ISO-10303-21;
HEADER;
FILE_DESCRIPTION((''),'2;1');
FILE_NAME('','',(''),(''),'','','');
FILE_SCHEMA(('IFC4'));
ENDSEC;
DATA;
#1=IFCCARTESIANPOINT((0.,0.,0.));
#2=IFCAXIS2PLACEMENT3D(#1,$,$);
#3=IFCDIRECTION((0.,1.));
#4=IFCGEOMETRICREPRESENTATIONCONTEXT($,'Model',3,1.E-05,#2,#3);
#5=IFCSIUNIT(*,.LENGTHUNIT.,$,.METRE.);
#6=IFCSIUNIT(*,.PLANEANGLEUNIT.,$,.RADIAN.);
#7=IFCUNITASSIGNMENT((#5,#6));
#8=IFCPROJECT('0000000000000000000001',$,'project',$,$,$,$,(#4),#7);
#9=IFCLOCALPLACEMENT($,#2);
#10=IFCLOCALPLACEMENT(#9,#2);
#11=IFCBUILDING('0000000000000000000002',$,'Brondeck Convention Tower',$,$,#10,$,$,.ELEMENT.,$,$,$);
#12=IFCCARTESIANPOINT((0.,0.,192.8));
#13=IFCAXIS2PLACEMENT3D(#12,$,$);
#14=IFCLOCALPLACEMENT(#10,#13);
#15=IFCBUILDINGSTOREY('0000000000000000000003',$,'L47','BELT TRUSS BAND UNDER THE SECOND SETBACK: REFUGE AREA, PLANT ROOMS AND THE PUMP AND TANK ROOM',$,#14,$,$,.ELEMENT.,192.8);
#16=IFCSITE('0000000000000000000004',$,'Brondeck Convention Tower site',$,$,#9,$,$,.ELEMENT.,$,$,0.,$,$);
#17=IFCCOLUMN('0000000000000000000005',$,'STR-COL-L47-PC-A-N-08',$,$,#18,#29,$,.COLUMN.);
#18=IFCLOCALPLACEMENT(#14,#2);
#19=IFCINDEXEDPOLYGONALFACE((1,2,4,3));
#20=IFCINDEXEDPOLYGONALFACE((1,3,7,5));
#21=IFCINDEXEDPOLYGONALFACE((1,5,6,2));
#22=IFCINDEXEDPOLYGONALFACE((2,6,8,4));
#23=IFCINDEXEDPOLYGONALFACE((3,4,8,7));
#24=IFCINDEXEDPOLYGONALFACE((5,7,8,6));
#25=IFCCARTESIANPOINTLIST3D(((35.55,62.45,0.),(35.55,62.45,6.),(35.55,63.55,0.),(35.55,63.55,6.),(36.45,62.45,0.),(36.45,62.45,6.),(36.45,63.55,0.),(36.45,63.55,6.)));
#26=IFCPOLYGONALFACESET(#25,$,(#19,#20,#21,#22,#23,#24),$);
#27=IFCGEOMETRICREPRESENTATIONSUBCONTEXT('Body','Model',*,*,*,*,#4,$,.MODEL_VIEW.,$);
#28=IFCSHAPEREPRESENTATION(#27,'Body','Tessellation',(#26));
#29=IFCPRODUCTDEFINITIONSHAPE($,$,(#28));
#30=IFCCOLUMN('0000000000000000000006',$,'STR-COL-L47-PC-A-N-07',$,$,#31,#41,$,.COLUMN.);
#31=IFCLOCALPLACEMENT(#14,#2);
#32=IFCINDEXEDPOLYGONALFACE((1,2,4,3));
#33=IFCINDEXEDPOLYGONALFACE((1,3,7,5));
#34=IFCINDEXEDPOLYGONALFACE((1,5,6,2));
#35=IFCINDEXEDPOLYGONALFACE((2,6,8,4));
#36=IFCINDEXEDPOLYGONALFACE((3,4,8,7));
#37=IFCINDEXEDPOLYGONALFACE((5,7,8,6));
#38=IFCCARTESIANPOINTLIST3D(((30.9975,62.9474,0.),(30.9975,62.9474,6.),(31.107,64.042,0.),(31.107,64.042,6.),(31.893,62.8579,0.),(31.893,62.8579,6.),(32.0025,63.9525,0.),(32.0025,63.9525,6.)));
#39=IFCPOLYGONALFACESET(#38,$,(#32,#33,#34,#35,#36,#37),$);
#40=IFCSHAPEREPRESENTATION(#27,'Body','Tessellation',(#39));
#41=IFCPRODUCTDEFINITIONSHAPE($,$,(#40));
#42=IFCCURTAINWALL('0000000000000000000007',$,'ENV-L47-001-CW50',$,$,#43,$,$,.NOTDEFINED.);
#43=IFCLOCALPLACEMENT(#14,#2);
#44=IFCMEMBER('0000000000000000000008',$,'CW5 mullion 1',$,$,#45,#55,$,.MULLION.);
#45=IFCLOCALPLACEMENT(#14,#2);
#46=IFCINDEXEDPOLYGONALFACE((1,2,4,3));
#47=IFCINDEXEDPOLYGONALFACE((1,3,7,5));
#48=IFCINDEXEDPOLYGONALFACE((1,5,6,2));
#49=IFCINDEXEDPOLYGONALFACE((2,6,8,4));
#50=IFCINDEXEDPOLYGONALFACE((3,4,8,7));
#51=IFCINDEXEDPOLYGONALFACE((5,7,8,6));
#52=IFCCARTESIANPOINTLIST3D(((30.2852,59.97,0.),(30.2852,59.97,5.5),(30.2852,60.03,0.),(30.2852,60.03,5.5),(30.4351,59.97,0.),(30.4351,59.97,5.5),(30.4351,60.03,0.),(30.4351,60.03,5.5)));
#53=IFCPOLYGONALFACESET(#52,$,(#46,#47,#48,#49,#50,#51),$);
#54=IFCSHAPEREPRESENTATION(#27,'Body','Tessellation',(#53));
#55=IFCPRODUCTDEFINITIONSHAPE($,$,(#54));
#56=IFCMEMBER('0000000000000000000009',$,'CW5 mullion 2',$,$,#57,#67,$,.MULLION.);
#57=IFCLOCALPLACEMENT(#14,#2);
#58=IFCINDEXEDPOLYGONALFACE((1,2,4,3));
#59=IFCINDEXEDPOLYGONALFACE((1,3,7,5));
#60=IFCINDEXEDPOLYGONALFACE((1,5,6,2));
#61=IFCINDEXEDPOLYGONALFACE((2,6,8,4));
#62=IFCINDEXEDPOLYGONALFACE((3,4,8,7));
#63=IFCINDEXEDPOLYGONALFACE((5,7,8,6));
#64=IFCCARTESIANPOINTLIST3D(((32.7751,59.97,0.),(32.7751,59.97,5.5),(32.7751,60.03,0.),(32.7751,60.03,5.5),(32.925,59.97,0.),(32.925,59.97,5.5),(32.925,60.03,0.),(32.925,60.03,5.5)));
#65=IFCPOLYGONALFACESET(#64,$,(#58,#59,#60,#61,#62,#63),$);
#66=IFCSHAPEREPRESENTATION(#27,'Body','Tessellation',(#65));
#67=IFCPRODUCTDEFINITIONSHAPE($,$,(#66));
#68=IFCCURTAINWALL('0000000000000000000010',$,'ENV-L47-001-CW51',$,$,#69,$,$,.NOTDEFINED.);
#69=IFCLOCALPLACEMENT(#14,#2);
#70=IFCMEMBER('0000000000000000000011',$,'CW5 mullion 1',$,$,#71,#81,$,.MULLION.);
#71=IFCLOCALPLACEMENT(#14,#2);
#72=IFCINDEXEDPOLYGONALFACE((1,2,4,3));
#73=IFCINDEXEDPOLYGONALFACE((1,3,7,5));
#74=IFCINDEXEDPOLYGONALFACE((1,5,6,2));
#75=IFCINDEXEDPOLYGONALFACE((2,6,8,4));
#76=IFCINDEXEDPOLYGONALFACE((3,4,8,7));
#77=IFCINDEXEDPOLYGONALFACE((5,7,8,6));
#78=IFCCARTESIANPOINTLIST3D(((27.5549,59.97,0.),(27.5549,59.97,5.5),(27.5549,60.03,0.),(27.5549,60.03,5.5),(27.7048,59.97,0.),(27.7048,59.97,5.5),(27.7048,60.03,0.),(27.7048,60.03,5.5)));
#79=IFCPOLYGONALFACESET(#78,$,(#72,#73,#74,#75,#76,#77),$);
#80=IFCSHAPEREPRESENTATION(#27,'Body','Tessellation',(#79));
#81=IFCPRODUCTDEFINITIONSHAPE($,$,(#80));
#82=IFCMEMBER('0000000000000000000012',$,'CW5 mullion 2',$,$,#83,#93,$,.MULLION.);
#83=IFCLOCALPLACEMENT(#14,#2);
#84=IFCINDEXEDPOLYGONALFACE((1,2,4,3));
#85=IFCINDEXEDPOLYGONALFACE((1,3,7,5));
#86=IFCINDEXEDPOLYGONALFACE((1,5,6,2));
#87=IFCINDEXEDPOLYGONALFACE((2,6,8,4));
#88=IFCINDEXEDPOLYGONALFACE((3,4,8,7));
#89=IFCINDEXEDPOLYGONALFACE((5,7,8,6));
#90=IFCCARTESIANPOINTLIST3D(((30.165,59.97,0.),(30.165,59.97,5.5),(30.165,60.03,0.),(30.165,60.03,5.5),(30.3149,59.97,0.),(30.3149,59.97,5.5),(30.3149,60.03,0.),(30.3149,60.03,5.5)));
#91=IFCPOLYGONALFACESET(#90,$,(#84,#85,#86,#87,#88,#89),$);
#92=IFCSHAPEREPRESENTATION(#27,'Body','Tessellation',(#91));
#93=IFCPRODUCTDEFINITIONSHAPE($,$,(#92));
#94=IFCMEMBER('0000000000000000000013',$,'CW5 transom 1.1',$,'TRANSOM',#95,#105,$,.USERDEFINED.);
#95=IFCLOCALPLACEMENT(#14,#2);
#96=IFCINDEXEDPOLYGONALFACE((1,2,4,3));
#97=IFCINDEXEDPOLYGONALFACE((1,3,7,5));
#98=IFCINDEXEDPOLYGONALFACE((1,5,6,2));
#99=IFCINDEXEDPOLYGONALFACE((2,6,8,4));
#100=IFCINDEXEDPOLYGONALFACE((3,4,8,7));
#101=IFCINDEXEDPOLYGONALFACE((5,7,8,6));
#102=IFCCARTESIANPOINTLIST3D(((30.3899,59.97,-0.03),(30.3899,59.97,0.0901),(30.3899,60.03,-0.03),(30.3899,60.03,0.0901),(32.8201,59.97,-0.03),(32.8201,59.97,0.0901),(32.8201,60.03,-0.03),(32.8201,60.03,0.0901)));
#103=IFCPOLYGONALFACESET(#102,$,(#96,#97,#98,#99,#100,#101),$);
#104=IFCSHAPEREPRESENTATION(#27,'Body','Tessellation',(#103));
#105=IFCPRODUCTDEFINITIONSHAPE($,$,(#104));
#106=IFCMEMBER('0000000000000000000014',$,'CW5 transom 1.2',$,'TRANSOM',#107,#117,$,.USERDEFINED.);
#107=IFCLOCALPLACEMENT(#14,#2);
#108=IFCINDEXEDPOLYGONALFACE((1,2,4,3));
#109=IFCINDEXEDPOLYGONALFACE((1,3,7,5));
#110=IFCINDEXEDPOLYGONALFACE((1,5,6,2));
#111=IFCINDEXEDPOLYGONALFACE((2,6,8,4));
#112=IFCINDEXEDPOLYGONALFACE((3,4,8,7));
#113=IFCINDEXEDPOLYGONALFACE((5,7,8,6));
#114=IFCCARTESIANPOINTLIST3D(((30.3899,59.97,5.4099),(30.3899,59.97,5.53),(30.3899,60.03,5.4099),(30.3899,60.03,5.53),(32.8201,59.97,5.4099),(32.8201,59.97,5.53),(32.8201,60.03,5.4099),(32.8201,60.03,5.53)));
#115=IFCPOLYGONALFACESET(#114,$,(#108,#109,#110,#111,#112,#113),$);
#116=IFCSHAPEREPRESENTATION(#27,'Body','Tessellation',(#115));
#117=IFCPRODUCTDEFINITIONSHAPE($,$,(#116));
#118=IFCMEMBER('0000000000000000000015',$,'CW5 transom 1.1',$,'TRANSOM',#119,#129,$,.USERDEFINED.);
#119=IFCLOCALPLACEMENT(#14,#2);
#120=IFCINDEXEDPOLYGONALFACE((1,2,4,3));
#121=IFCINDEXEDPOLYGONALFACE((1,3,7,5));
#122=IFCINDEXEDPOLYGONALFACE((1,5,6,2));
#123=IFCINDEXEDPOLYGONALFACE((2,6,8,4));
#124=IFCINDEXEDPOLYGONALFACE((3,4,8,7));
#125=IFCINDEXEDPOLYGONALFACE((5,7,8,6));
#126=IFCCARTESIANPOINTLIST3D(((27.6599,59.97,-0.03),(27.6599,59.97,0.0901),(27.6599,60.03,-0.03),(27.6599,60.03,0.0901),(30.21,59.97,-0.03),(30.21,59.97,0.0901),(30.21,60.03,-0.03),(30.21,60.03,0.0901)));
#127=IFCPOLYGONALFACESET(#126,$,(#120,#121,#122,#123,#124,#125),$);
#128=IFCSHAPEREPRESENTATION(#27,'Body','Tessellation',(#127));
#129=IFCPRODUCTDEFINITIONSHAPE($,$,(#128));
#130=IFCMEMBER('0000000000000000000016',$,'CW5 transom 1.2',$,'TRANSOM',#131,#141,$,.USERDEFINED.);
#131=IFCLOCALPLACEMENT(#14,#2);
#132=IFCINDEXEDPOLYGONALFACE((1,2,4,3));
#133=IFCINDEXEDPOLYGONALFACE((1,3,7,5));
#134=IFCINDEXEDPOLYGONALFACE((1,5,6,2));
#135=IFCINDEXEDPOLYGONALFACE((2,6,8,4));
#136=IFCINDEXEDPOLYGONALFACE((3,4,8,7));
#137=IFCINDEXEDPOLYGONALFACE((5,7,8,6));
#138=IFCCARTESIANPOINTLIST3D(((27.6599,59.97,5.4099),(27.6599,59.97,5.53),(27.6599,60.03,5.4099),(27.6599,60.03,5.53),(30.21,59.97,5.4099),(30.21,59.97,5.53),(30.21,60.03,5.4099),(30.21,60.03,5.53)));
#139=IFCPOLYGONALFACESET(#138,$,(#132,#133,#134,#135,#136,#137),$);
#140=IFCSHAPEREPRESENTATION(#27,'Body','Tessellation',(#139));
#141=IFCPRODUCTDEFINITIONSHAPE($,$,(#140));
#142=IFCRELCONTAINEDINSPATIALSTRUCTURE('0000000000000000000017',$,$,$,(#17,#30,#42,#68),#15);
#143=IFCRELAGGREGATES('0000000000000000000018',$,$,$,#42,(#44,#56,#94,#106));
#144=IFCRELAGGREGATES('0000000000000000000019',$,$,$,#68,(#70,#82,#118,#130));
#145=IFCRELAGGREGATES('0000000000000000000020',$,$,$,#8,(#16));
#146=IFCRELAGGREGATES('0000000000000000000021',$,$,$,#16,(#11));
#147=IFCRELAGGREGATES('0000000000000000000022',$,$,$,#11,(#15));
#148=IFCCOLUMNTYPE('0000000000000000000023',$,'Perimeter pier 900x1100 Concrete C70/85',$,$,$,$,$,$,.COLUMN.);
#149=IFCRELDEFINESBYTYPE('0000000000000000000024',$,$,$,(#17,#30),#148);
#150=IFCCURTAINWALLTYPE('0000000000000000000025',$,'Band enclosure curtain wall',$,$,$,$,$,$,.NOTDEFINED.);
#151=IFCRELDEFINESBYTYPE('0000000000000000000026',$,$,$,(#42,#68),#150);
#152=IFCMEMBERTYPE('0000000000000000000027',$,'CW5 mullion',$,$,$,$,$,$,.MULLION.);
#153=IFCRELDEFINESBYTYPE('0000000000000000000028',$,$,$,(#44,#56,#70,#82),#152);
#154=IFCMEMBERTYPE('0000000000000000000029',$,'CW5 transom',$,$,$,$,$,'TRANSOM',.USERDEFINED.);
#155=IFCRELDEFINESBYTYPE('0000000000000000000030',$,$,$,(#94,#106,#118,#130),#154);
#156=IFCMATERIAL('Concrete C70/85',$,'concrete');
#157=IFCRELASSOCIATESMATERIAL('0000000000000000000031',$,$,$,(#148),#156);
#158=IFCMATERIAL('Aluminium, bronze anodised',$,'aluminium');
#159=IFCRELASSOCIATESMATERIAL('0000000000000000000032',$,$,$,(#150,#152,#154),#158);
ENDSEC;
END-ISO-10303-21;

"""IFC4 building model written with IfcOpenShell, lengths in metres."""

from ifc_helpers import new_model, si_unit, direction, frame, origin, origin_2d, place, context, subcontext, project, spatial, rectangle, extrude, material, material_profile, profile_set, type_object, element, aggregate, save


model = new_model("IFC4")

# Units and contexts
model_context = context("Model", 3, precision=1e-05, world=origin(), true_north=direction((0.0, 1.0)))
body_context = subcontext(model_context, "Body", "Model", "MODEL_VIEW")
ifc_project = project(units=[si_unit("LENGTHUNIT", "METRE"), si_unit("PLANEANGLEUNIT", "RADIAN")], contexts=[model_context])

# Site, building, storey
site_placement = place(None, origin())
site = spatial("IfcSite", under=ifc_project, at=site_placement, Name="Brondeck Convention Tower site", CompositionType="ELEMENT", RefElevation=0.0)
building_placement = place(site_placement, origin())
building = spatial("IfcBuilding", under=site, at=building_placement, Name="Brondeck Convention Tower", CompositionType="ELEMENT")
storey_placement = place(building_placement, frame((0.0, 0.0, 192.8)))
storey = spatial("IfcBuildingStorey", under=building, at=storey_placement, Name="L47", Description="BELT TRUSS BAND UNDER THE SECOND SETBACK: REFUGE AREA, PLANT ROOMS AND THE PUMP AND TANK ROOM", CompositionType="ELEMENT", Elevation=192.8)

# Columns
ifc_material_1 = material(Name="Concrete C70/85", Category="concrete")
ifc_material_profile_1 = material_profile(ifc_material_1, rectangle(XDim=0.8999, YDim=1.1001, at=origin_2d()), Name="Perimeter pier 900x1100 Concrete C70/85")
ifc_profile_set_1 = profile_set([ifc_material_profile_1], Name="Concrete C70/85")
column_type = type_object("IfcColumnType", Name="Perimeter pier 900x1100 Concrete C70/85", PredefinedType="COLUMN", material=ifc_profile_set_1)
for number, where, z_axis, x_axis, name in (
    (1, (36.0, 63.0, 0.0), (0.0, 0.0, 1.0), (-1.0, 0.0, 0.0), "STR-COL-L47-PC-A-N-08"),
    (2, (31.5, 63.45, 0.0), (0.0, 0.0, 1.0), (-0.995037, 0.099504, 0.0), "STR-COL-L47-PC-A-N-07"),
):
    element("IfcColumn", number, at=place(storey_placement, frame(where, z_axis=z_axis, x_axis=x_axis)), inside=storey, type_object=column_type, Name=name, PredefinedType="COLUMN", context=body_context, shape_type="SweptSolid", body=[
        extrude(rectangle(XDim=0.8999, YDim=1.1001, at=origin_2d()), origin(), (0.0, 0.0, 1.0), 6.0),
    ])

# Curtain walls, members
ifc_material_2 = material(Name="Aluminium, bronze anodised", Category="aluminium")
curtain_wall_type = type_object("IfcCurtainWallType", Name="Band enclosure curtain wall", PredefinedType="NOTDEFINED", material=ifc_material_2)
curtain_wall_1_placement = place(storey_placement, origin())
curtain_wall_1 = element("IfcCurtainWall", 3, at=curtain_wall_1_placement, inside=storey, type_object=curtain_wall_type, Name="ENV-L47-001-CW50", PredefinedType="NOTDEFINED")
ifc_material_profile_2 = material_profile(ifc_material_2, rectangle(XDim=0.0601, YDim=0.1499, at=origin_2d()), Name="CW5 mullion")
ifc_profile_set_2 = profile_set([ifc_material_profile_2], Name="Aluminium, bronze anodised")
member_type_1 = type_object("IfcMemberType", Name="CW5 mullion", PredefinedType="MULLION", material=ifc_profile_set_2)
member_1_placement = place(storey_placement, frame((30.3601, 60.0, 0.0), z_axis=(0.0, 0.0, 1.0), x_axis=(0.0, 1.0, 0.0)))
member_1 = element("IfcMember", 4, at=member_1_placement, type_object=member_type_1, Name="CW5 mullion 1", PredefinedType="MULLION", context=body_context, shape_type="SweptSolid", body=[
    extrude(rectangle(XDim=0.0601, YDim=0.1499, at=origin_2d()), origin(), (0.0, 0.0, 1.0), 5.5),
])
member_2_placement = place(storey_placement, frame((32.8501, 60.0, 0.0), z_axis=(0.0, 0.0, 1.0), x_axis=(0.0, 1.0, 0.0)))
member_2 = element("IfcMember", 5, at=member_2_placement, type_object=member_type_1, Name="CW5 mullion 2", PredefinedType="MULLION", context=body_context, shape_type="SweptSolid", body=[
    extrude(rectangle(XDim=0.0601, YDim=0.1499, at=origin_2d()), origin(), (0.0, 0.0, 1.0), 5.5),
])
curtain_wall_2_placement = place(storey_placement, origin())
curtain_wall_2 = element("IfcCurtainWall", 6, at=curtain_wall_2_placement, inside=storey, type_object=curtain_wall_type, Name="ENV-L47-001-CW51", PredefinedType="NOTDEFINED")
member_3_placement = place(storey_placement, frame((27.6299, 60.0, 0.0), z_axis=(0.0, 0.0, 1.0), x_axis=(0.0, 1.0, 0.0)))
member_3 = element("IfcMember", 7, at=member_3_placement, type_object=member_type_1, Name="CW5 mullion 1", PredefinedType="MULLION", context=body_context, shape_type="SweptSolid", body=[
    extrude(rectangle(XDim=0.0601, YDim=0.1499, at=origin_2d()), origin(), (0.0, 0.0, 1.0), 5.5),
])
member_4_placement = place(storey_placement, frame((30.24, 60.0, 0.0), z_axis=(0.0, 0.0, 1.0), x_axis=(0.0, 1.0, 0.0)))
member_4 = element("IfcMember", 8, at=member_4_placement, type_object=member_type_1, Name="CW5 mullion 2", PredefinedType="MULLION", context=body_context, shape_type="SweptSolid", body=[
    extrude(rectangle(XDim=0.0601, YDim=0.1499, at=origin_2d()), origin(), (0.0, 0.0, 1.0), 5.5),
])

# Members
ifc_material_profile_3 = material_profile(ifc_material_2, rectangle(XDim=0.0601, YDim=0.1201, at=origin_2d()), Name="CW5 transom")
ifc_profile_set_3 = profile_set([ifc_material_profile_3], Name="Aluminium, bronze anodised")
member_type_2 = type_object("IfcMemberType", Name="CW5 transom", ElementType="TRANSOM", PredefinedType="USERDEFINED", material=ifc_profile_set_3)
member_5_placement = place(storey_placement, frame((30.3899, 60.0, 0.03), z_axis=(1.0, 0.0, 0.0), x_axis=(0.0, 1.0, 0.0)))
member_5 = element("IfcMember", 9, at=member_5_placement, type_object=member_type_2, Name="CW5 transom 1.1", ObjectType="TRANSOM", PredefinedType="USERDEFINED", context=body_context, shape_type="SweptSolid", body=[
    extrude(rectangle(XDim=0.0601, YDim=0.1201, at=origin_2d()), origin(), (0.0, 0.0, 1.0), 2.4302),
])
member_6_placement = place(storey_placement, frame((30.3899, 60.0, 5.47), z_axis=(1.0, 0.0, 0.0), x_axis=(0.0, 1.0, 0.0)))
member_6 = element("IfcMember", 10, at=member_6_placement, type_object=member_type_2, Name="CW5 transom 1.2", ObjectType="TRANSOM", PredefinedType="USERDEFINED", context=body_context, shape_type="SweptSolid", body=[
    extrude(rectangle(XDim=0.0601, YDim=0.1201, at=origin_2d()), origin(), (0.0, 0.0, 1.0), 2.4302),
])
member_7_placement = place(storey_placement, frame((27.6599, 60.0, 0.03), z_axis=(1.0, 0.0, 0.0), x_axis=(0.0, 1.0, 0.0)))
member_7 = element("IfcMember", 11, at=member_7_placement, type_object=member_type_2, Name="CW5 transom 1.1", ObjectType="TRANSOM", PredefinedType="USERDEFINED", context=body_context, shape_type="SweptSolid", body=[
    extrude(rectangle(XDim=0.0601, YDim=0.1201, at=origin_2d()), origin(), (0.0, 0.0, 1.0), 2.55),
])
member_8_placement = place(storey_placement, frame((27.6599, 60.0, 5.47), z_axis=(1.0, 0.0, 0.0), x_axis=(0.0, 1.0, 0.0)))
member_8 = element("IfcMember", 12, at=member_8_placement, type_object=member_type_2, Name="CW5 transom 1.2", ObjectType="TRANSOM", PredefinedType="USERDEFINED", context=body_context, shape_type="SweptSolid", body=[
    extrude(rectangle(XDim=0.0601, YDim=0.1201, at=origin_2d()), origin(), (0.0, 0.0, 1.0), 2.55),
])

aggregate(curtain_wall_1, [member_1, member_2, member_5, member_6])
aggregate(curtain_wall_2, [member_3, member_4, member_7, member_8])

save(model, "model.ifc")
